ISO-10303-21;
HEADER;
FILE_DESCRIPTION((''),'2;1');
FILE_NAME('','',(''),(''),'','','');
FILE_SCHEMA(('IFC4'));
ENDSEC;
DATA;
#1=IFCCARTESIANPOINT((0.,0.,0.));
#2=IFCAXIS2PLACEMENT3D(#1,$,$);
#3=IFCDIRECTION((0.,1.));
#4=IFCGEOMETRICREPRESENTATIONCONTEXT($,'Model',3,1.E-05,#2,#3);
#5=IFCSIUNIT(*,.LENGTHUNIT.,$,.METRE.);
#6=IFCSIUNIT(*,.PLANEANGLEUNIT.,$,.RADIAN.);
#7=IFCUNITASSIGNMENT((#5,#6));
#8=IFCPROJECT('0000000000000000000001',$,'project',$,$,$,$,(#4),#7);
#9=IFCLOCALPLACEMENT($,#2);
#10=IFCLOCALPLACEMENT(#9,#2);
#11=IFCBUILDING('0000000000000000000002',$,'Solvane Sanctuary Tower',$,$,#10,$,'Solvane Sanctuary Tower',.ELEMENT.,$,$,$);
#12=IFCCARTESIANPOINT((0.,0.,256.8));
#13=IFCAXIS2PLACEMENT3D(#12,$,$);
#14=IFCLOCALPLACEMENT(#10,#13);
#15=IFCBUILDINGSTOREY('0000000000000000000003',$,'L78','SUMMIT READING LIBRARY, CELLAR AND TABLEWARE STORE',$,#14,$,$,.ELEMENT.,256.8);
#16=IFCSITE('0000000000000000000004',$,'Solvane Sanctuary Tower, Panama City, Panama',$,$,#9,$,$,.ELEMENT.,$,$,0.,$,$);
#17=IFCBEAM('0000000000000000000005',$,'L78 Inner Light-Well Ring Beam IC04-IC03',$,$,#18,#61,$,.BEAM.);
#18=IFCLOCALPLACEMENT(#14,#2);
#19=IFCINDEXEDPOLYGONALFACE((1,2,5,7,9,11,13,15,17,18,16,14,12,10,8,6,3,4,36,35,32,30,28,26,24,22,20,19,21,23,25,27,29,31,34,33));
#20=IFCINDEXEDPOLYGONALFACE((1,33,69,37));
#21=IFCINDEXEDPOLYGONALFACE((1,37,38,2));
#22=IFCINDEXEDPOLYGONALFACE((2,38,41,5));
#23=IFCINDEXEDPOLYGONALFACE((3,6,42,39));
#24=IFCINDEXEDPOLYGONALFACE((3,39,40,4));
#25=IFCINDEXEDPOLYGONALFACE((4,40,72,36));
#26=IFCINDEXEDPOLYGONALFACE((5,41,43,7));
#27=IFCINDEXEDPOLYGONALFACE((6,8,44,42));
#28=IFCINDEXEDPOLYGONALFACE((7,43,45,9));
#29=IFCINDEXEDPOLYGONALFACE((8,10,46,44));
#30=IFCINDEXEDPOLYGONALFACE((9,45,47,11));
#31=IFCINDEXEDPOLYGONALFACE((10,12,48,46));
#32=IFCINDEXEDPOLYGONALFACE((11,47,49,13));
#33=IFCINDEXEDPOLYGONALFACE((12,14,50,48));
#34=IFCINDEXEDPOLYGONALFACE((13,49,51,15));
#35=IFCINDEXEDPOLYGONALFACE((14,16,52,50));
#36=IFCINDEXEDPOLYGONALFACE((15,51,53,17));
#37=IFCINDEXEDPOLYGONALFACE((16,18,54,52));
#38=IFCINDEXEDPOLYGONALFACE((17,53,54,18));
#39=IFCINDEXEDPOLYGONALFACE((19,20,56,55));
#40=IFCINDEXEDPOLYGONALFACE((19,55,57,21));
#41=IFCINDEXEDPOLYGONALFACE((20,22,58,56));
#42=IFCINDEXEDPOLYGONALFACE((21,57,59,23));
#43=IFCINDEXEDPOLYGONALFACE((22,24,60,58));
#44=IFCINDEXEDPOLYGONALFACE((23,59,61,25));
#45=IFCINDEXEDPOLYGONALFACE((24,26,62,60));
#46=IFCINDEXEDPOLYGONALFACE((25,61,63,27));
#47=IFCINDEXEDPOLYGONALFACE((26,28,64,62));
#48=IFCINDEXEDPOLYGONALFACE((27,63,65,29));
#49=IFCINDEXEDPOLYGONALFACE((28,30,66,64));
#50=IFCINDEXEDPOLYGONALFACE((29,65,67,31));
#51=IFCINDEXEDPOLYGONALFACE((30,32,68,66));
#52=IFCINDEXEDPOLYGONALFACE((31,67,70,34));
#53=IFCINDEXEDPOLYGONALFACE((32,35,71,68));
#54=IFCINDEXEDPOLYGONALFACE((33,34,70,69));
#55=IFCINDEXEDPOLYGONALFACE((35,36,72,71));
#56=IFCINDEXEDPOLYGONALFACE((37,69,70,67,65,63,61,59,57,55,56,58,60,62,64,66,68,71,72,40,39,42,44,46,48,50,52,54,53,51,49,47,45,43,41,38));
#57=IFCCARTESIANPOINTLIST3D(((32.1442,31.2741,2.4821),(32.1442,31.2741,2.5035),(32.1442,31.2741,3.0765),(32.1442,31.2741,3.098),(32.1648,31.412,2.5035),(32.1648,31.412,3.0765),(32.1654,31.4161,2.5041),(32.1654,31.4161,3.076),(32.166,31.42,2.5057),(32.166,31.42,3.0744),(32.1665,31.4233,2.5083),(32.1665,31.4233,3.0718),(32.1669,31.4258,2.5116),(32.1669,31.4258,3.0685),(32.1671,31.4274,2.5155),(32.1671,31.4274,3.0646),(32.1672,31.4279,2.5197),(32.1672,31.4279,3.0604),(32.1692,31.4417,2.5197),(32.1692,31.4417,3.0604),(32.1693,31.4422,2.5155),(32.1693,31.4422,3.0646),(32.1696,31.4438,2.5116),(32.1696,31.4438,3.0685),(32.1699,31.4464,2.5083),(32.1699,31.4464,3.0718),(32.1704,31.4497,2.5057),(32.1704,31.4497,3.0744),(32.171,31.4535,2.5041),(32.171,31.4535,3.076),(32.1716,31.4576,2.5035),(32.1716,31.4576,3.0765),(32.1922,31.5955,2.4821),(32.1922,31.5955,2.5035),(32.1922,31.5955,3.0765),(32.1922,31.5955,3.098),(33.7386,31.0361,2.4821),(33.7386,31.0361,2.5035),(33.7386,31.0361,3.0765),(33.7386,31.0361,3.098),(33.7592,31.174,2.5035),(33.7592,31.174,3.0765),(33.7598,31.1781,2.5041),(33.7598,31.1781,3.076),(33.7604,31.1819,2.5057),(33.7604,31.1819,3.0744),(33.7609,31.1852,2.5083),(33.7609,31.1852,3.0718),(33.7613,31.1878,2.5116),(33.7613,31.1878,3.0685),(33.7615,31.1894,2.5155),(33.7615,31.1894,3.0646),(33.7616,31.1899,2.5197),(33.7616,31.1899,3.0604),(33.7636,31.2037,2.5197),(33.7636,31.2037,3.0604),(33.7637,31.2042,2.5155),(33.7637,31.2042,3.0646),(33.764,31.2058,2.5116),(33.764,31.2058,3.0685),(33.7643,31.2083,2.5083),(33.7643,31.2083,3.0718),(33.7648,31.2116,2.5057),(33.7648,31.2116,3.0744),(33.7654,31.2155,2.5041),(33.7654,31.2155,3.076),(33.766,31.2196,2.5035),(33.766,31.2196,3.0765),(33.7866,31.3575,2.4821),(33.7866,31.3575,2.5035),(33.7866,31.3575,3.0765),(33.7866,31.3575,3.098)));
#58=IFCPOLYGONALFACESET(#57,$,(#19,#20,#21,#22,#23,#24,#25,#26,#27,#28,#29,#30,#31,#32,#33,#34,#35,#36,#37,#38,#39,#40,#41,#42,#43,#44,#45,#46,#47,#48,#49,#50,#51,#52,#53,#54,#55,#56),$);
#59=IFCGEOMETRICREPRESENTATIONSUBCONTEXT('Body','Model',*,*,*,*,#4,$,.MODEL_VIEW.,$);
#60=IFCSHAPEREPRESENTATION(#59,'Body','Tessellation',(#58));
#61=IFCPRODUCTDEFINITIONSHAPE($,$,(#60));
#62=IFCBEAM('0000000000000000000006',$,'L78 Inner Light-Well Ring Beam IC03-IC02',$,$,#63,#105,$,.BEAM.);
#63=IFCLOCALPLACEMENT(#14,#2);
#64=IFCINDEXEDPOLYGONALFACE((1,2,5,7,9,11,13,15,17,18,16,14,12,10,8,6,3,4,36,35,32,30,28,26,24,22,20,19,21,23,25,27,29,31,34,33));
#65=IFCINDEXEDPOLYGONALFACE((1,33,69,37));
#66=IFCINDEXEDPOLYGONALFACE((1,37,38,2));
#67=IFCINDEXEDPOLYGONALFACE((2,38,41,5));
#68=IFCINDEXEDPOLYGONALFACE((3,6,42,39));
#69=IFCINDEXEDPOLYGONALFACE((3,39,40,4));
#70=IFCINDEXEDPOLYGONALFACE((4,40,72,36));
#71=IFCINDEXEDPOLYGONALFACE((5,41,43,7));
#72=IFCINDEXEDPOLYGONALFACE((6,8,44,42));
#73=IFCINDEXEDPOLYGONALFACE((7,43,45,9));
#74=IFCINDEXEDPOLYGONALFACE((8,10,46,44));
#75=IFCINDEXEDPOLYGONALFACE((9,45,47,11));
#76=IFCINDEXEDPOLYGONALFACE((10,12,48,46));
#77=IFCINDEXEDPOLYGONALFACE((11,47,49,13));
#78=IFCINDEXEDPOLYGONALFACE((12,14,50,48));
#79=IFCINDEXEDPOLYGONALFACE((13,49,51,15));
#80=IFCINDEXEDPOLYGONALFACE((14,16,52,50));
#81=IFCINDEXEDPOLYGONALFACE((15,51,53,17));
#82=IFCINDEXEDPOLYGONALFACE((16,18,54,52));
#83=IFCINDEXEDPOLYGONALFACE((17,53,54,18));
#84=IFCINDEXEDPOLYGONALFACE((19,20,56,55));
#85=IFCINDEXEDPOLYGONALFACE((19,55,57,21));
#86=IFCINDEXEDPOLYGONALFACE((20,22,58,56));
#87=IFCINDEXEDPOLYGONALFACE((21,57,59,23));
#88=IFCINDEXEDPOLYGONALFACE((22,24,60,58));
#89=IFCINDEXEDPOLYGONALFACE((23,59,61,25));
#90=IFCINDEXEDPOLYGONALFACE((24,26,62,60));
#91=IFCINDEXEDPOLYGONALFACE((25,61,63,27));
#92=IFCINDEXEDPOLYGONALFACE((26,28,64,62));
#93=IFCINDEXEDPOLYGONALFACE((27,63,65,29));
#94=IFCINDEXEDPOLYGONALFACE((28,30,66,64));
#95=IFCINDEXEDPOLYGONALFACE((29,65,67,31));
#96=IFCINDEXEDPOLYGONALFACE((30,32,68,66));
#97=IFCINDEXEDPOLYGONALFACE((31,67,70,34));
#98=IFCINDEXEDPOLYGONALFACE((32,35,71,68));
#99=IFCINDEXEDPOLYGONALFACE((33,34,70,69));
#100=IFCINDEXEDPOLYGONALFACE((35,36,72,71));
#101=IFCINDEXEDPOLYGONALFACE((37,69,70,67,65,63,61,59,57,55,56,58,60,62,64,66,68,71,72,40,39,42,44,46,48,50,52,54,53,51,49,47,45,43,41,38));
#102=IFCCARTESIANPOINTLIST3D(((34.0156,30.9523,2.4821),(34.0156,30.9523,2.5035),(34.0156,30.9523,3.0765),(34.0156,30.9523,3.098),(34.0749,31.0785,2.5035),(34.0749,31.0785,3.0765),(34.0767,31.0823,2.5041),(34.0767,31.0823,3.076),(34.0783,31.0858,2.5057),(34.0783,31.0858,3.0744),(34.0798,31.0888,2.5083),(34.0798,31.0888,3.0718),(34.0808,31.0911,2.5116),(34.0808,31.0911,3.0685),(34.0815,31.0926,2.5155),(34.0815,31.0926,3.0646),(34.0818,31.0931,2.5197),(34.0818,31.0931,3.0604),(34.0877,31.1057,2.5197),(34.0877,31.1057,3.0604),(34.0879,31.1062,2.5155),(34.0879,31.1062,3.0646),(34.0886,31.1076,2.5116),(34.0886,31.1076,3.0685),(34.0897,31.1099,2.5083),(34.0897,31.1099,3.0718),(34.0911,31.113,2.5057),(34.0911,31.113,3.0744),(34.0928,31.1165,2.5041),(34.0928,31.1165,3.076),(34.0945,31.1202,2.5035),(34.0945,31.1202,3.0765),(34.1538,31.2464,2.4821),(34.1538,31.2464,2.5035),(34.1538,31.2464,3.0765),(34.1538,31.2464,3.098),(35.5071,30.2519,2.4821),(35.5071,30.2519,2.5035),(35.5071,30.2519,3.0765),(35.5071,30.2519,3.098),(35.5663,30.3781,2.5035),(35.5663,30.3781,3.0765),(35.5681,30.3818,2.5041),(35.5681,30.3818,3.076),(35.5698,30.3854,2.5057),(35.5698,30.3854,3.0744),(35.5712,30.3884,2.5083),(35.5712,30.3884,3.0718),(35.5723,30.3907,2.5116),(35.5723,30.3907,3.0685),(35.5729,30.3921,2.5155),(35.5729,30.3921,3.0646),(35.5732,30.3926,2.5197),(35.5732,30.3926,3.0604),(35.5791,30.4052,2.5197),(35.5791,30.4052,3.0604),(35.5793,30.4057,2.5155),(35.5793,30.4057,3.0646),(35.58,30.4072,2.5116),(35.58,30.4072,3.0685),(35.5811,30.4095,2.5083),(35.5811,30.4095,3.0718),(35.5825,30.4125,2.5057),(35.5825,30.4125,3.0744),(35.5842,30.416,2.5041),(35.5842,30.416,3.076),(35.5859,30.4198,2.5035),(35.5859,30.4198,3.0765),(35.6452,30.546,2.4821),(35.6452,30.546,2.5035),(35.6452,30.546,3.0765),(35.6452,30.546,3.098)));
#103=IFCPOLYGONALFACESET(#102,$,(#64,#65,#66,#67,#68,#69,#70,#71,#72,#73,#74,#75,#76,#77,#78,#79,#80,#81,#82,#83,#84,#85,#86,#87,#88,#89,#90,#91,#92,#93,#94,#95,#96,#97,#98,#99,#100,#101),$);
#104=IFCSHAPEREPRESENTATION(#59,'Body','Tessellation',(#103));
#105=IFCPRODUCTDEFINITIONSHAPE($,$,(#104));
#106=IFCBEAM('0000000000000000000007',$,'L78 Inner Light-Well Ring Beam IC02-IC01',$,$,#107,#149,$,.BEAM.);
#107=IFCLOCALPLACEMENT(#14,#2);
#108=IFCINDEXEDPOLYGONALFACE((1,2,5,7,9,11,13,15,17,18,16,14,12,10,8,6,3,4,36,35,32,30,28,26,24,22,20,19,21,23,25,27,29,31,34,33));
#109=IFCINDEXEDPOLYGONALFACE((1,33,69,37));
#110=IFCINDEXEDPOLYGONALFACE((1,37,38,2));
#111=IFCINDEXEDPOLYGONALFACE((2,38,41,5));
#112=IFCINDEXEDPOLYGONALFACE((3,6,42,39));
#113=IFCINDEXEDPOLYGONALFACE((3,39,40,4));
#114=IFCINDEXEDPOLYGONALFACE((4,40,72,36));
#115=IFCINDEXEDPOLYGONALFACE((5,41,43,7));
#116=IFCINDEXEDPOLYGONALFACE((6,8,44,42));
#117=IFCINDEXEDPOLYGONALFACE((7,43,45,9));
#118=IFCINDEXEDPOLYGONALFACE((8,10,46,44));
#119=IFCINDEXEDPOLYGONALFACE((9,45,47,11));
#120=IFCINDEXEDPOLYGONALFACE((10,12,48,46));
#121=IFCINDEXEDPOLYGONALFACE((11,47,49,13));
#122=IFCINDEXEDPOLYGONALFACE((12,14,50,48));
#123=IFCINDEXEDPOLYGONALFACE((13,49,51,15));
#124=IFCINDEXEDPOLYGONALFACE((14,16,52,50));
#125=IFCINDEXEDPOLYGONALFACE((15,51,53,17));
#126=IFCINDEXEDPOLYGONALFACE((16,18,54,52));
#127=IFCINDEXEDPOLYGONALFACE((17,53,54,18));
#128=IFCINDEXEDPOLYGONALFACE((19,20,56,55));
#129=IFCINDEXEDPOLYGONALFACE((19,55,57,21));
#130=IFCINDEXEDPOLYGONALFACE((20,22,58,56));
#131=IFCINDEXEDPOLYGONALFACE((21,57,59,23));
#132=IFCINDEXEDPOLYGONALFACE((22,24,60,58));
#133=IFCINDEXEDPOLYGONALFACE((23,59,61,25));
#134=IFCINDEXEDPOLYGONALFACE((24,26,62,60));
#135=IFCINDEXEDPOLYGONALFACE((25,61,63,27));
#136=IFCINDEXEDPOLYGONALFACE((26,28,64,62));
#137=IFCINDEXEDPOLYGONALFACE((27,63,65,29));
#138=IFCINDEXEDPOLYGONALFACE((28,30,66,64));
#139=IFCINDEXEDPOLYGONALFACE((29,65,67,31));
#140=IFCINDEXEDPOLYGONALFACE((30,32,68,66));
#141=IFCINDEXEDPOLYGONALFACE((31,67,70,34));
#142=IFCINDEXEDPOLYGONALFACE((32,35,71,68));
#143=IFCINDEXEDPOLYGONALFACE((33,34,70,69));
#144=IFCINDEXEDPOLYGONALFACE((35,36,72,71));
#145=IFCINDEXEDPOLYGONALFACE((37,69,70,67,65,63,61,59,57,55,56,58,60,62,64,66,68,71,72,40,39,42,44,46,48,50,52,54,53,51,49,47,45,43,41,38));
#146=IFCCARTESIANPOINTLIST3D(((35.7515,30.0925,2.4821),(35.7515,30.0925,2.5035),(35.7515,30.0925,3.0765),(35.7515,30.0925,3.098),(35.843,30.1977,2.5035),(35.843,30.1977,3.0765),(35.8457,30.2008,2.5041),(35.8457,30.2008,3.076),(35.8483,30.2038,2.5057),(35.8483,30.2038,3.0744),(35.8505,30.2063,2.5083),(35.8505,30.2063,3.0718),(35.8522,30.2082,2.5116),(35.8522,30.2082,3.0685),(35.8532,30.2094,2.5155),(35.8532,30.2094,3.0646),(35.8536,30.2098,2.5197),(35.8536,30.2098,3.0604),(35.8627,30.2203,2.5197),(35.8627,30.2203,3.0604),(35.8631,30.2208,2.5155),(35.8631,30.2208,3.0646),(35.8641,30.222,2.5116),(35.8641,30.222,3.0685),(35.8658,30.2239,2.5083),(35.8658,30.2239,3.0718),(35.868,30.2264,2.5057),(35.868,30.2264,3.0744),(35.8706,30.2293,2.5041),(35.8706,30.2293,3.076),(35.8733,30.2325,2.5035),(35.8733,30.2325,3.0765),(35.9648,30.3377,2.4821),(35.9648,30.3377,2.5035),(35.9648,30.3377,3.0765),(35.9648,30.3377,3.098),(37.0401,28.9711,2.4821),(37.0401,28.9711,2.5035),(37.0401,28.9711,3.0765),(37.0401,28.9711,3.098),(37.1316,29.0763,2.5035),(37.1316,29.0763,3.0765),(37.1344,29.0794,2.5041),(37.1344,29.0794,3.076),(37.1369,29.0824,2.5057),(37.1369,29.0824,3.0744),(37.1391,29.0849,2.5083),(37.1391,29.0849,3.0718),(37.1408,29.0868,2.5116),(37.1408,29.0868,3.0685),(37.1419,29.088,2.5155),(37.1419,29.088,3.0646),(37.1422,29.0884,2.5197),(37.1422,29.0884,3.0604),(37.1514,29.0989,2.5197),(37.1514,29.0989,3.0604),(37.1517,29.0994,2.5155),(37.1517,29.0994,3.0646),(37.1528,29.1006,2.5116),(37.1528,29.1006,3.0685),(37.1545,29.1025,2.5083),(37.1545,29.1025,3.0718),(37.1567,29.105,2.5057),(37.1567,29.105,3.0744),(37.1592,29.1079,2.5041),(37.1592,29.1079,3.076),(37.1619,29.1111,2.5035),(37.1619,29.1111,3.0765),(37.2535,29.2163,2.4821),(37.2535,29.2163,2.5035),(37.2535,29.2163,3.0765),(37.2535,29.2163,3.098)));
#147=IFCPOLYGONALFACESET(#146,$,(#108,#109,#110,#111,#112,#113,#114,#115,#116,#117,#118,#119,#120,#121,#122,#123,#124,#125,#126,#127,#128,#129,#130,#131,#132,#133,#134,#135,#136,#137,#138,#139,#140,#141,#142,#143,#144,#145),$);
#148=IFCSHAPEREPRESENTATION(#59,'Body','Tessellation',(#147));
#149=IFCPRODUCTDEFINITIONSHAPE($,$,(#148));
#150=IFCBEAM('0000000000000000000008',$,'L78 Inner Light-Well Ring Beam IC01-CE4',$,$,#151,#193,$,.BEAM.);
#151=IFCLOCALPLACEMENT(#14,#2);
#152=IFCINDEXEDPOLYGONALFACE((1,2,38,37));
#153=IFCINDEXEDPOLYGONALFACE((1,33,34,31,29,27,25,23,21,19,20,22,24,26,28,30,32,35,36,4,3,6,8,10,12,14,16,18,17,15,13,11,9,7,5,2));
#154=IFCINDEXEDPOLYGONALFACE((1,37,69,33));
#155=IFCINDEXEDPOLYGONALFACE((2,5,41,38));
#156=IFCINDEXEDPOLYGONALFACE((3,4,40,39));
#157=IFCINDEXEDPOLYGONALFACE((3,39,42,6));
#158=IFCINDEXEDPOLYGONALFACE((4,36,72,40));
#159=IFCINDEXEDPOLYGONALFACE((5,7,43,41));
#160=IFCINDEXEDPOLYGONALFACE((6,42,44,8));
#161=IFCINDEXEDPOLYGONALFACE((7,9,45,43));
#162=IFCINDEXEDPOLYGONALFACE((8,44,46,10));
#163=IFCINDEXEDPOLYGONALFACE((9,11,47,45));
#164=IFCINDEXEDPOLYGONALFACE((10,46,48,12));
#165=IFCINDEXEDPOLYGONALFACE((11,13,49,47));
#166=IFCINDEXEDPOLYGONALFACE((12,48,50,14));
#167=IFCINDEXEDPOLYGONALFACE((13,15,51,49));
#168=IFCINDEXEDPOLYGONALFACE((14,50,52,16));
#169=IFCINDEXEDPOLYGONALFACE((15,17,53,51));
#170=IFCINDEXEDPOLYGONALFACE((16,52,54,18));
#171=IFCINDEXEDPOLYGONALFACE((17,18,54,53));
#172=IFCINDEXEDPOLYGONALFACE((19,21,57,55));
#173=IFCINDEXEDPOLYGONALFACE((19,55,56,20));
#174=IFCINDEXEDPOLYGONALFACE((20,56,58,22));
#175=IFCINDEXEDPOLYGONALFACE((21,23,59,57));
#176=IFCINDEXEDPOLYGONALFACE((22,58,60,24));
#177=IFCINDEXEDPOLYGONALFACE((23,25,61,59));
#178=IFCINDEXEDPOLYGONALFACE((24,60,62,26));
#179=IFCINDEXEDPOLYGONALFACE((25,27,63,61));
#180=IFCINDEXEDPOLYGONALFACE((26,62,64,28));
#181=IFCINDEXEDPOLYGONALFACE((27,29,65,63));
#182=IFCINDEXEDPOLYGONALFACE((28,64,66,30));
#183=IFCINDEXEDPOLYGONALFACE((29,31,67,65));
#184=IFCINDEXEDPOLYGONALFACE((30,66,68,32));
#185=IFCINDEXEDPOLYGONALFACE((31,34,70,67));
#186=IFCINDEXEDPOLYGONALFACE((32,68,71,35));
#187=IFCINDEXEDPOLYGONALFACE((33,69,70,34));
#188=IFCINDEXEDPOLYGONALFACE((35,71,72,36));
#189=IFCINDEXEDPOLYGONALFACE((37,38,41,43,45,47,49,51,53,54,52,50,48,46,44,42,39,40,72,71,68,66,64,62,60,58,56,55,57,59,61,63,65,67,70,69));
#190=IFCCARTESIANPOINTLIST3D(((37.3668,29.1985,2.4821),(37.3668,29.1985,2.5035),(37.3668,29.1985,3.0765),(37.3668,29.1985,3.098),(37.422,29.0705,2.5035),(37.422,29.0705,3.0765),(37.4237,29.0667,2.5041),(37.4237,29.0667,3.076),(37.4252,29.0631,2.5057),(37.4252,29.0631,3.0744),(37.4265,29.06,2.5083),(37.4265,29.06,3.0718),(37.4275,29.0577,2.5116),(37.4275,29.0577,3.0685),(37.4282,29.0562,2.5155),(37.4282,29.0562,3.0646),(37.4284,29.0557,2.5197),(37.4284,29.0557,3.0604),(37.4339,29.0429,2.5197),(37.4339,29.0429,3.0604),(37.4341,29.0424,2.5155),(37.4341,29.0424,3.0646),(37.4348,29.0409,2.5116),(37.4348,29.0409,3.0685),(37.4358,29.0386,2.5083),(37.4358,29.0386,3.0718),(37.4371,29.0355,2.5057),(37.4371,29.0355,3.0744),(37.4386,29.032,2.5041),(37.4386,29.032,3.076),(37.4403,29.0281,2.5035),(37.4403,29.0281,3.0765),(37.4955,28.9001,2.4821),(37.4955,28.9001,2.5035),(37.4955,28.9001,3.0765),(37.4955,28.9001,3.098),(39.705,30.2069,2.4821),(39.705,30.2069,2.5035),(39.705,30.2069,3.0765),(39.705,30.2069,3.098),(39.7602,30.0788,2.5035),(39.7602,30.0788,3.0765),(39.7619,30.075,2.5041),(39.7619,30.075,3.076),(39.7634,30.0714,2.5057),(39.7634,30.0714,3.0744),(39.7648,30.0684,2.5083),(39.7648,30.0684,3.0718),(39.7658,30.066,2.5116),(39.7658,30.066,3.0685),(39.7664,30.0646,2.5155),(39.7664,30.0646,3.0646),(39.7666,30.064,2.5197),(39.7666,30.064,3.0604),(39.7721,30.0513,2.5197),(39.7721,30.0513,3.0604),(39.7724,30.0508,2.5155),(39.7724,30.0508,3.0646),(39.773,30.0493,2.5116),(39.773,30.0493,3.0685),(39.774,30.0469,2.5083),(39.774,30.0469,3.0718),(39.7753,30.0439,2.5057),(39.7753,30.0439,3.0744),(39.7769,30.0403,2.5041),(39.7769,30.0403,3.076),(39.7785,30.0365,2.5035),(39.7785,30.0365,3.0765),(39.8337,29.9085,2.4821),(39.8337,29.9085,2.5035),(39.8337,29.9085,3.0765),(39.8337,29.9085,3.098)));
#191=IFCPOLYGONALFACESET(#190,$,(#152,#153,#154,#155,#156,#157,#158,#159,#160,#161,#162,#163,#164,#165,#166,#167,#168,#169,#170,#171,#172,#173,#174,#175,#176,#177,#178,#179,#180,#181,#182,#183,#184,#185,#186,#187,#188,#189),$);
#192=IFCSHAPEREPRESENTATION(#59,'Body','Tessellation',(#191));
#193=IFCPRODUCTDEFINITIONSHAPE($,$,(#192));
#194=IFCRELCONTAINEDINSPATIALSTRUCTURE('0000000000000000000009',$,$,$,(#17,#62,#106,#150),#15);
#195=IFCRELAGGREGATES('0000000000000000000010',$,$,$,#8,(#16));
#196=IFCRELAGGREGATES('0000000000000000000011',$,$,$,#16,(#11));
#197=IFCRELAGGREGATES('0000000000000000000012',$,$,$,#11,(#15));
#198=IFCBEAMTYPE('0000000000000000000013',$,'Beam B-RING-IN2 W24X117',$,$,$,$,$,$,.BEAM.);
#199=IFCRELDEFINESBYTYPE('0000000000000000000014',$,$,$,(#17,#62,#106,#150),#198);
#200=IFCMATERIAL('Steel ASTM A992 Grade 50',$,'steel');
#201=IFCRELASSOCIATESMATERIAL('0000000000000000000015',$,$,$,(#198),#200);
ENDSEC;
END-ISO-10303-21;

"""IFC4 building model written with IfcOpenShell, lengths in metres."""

from ifc_helpers import new_model, si_unit, direction, frame, origin, origin_2d, place, context, subcontext, project, spatial, i_section, extrude, material, material_profile, profile_set, type_object, element, save


model = new_model("IFC4")

# Units and contexts
model_context = context("Model", 3, precision=1e-05, world=origin(), true_north=direction((0.0, 1.0)))
body_context = subcontext(model_context, "Body", "Model", "MODEL_VIEW")
ifc_project = project(units=[si_unit("LENGTHUNIT", "METRE"), si_unit("PLANEANGLEUNIT", "RADIAN")], contexts=[model_context])

# Site, building, storey
site_placement = place(None, origin())
site = spatial("IfcSite", under=ifc_project, at=site_placement, Name="Solvane Sanctuary Tower, Panama City, Panama", CompositionType="ELEMENT", RefElevation=0.0)
building_placement = place(site_placement, origin())
building = spatial("IfcBuilding", under=site, at=building_placement, Name="Solvane Sanctuary Tower", LongName="Solvane Sanctuary Tower", CompositionType="ELEMENT")
storey_placement = place(building_placement, frame((0.0, 0.0, 256.8)))
storey = spatial("IfcBuildingStorey", under=building, at=storey_placement, Name="L78", Description="SUMMIT READING LIBRARY, CELLAR AND TABLEWARE STORE", CompositionType="ELEMENT", Elevation=256.8)

# Beams
ifc_material_1 = material(Name="Steel ASTM A992 Grade 50", Category="steel")
ifc_material_profile_1 = material_profile(ifc_material_1, i_section(OverallWidth=0.325, OverallDepth=0.616, WebThickness=0.0139, FlangeThickness=0.0215, FilletRadius=0.0161, at=origin_2d()), Name="W24X117")
ifc_profile_set_1 = profile_set([ifc_material_profile_1], Name="Steel ASTM A992 Grade 50")
beam_type_1 = type_object("IfcBeamType", Name="Beam B-RING-IN2 W24X117", PredefinedType="BEAM", material=ifc_profile_set_1)
beam_1_placement = place(storey_placement, frame((32.1682, 31.4348, 2.79), z_axis=(0.989039, -0.147652, 0.0), x_axis=(0.147652, 0.989039, 0.0)))
element("IfcBeam", 1, at=beam_1_placement, inside=storey, type_object=beam_type_1, Name="L78 Inner Light-Well Ring Beam IC04-IC03", PredefinedType="BEAM", context=body_context, shape_type="SweptSolid", body=[
    extrude(i_section(OverallWidth=0.325, OverallDepth=0.616, WebThickness=0.0139, FlangeThickness=0.0215, FilletRadius=0.0161, at=origin_2d()), origin(), (0.0, 0.0, 1.0), 1.6121),
])
beam_2_placement = place(storey_placement, frame((34.0847, 31.0994, 2.79), z_axis=(0.905151, -0.42509, 0.0), x_axis=(0.42509, 0.905151, 0.0)))
element("IfcBeam", 2, at=beam_2_placement, inside=storey, type_object=beam_type_1, Name="L78 Inner Light-Well Ring Beam IC03-IC02", PredefinedType="BEAM", context=body_context, shape_type="SweptSolid", body=[
    extrude(i_section(OverallWidth=0.325, OverallDepth=0.616, WebThickness=0.0139, FlangeThickness=0.0215, FilletRadius=0.0161, at=origin_2d()), origin(), (0.0, 0.0, 1.0), 1.6477),
])
beam_3_placement = place(storey_placement, frame((35.8582, 30.2151, 2.79), z_axis=(0.754362, -0.656458, 0.0), x_axis=(0.656458, 0.754362, 0.0)))
element("IfcBeam", 3, at=beam_3_placement, inside=storey, type_object=beam_type_1, Name="L78 Inner Light-Well Ring Beam IC02-IC01", PredefinedType="BEAM", context=body_context, shape_type="SweptSolid", body=[
    extrude(i_section(OverallWidth=0.325, OverallDepth=0.616, WebThickness=0.0139, FlangeThickness=0.0215, FilletRadius=0.0161, at=origin_2d()), origin(), (0.0, 0.0, 1.0), 1.7083),
])
beam_4_placement = place(storey_placement, frame((37.4312, 29.0493, 2.79), z_axis=(0.918255, 0.39599, 0.0), x_axis=(-0.39599, 0.918255, 0.0)))
element("IfcBeam", 4, at=beam_4_placement, inside=storey, type_object=beam_type_1, Name="L78 Inner Light-Well Ring Beam IC01-CE4", PredefinedType="BEAM", context=body_context, shape_type="SweptSolid", body=[
    extrude(i_section(OverallWidth=0.325, OverallDepth=0.616, WebThickness=0.0139, FlangeThickness=0.0215, FilletRadius=0.0161, at=origin_2d()), origin(), (0.0, 0.0, 1.0), 2.5464),
])

save(model, "model.ifc")
